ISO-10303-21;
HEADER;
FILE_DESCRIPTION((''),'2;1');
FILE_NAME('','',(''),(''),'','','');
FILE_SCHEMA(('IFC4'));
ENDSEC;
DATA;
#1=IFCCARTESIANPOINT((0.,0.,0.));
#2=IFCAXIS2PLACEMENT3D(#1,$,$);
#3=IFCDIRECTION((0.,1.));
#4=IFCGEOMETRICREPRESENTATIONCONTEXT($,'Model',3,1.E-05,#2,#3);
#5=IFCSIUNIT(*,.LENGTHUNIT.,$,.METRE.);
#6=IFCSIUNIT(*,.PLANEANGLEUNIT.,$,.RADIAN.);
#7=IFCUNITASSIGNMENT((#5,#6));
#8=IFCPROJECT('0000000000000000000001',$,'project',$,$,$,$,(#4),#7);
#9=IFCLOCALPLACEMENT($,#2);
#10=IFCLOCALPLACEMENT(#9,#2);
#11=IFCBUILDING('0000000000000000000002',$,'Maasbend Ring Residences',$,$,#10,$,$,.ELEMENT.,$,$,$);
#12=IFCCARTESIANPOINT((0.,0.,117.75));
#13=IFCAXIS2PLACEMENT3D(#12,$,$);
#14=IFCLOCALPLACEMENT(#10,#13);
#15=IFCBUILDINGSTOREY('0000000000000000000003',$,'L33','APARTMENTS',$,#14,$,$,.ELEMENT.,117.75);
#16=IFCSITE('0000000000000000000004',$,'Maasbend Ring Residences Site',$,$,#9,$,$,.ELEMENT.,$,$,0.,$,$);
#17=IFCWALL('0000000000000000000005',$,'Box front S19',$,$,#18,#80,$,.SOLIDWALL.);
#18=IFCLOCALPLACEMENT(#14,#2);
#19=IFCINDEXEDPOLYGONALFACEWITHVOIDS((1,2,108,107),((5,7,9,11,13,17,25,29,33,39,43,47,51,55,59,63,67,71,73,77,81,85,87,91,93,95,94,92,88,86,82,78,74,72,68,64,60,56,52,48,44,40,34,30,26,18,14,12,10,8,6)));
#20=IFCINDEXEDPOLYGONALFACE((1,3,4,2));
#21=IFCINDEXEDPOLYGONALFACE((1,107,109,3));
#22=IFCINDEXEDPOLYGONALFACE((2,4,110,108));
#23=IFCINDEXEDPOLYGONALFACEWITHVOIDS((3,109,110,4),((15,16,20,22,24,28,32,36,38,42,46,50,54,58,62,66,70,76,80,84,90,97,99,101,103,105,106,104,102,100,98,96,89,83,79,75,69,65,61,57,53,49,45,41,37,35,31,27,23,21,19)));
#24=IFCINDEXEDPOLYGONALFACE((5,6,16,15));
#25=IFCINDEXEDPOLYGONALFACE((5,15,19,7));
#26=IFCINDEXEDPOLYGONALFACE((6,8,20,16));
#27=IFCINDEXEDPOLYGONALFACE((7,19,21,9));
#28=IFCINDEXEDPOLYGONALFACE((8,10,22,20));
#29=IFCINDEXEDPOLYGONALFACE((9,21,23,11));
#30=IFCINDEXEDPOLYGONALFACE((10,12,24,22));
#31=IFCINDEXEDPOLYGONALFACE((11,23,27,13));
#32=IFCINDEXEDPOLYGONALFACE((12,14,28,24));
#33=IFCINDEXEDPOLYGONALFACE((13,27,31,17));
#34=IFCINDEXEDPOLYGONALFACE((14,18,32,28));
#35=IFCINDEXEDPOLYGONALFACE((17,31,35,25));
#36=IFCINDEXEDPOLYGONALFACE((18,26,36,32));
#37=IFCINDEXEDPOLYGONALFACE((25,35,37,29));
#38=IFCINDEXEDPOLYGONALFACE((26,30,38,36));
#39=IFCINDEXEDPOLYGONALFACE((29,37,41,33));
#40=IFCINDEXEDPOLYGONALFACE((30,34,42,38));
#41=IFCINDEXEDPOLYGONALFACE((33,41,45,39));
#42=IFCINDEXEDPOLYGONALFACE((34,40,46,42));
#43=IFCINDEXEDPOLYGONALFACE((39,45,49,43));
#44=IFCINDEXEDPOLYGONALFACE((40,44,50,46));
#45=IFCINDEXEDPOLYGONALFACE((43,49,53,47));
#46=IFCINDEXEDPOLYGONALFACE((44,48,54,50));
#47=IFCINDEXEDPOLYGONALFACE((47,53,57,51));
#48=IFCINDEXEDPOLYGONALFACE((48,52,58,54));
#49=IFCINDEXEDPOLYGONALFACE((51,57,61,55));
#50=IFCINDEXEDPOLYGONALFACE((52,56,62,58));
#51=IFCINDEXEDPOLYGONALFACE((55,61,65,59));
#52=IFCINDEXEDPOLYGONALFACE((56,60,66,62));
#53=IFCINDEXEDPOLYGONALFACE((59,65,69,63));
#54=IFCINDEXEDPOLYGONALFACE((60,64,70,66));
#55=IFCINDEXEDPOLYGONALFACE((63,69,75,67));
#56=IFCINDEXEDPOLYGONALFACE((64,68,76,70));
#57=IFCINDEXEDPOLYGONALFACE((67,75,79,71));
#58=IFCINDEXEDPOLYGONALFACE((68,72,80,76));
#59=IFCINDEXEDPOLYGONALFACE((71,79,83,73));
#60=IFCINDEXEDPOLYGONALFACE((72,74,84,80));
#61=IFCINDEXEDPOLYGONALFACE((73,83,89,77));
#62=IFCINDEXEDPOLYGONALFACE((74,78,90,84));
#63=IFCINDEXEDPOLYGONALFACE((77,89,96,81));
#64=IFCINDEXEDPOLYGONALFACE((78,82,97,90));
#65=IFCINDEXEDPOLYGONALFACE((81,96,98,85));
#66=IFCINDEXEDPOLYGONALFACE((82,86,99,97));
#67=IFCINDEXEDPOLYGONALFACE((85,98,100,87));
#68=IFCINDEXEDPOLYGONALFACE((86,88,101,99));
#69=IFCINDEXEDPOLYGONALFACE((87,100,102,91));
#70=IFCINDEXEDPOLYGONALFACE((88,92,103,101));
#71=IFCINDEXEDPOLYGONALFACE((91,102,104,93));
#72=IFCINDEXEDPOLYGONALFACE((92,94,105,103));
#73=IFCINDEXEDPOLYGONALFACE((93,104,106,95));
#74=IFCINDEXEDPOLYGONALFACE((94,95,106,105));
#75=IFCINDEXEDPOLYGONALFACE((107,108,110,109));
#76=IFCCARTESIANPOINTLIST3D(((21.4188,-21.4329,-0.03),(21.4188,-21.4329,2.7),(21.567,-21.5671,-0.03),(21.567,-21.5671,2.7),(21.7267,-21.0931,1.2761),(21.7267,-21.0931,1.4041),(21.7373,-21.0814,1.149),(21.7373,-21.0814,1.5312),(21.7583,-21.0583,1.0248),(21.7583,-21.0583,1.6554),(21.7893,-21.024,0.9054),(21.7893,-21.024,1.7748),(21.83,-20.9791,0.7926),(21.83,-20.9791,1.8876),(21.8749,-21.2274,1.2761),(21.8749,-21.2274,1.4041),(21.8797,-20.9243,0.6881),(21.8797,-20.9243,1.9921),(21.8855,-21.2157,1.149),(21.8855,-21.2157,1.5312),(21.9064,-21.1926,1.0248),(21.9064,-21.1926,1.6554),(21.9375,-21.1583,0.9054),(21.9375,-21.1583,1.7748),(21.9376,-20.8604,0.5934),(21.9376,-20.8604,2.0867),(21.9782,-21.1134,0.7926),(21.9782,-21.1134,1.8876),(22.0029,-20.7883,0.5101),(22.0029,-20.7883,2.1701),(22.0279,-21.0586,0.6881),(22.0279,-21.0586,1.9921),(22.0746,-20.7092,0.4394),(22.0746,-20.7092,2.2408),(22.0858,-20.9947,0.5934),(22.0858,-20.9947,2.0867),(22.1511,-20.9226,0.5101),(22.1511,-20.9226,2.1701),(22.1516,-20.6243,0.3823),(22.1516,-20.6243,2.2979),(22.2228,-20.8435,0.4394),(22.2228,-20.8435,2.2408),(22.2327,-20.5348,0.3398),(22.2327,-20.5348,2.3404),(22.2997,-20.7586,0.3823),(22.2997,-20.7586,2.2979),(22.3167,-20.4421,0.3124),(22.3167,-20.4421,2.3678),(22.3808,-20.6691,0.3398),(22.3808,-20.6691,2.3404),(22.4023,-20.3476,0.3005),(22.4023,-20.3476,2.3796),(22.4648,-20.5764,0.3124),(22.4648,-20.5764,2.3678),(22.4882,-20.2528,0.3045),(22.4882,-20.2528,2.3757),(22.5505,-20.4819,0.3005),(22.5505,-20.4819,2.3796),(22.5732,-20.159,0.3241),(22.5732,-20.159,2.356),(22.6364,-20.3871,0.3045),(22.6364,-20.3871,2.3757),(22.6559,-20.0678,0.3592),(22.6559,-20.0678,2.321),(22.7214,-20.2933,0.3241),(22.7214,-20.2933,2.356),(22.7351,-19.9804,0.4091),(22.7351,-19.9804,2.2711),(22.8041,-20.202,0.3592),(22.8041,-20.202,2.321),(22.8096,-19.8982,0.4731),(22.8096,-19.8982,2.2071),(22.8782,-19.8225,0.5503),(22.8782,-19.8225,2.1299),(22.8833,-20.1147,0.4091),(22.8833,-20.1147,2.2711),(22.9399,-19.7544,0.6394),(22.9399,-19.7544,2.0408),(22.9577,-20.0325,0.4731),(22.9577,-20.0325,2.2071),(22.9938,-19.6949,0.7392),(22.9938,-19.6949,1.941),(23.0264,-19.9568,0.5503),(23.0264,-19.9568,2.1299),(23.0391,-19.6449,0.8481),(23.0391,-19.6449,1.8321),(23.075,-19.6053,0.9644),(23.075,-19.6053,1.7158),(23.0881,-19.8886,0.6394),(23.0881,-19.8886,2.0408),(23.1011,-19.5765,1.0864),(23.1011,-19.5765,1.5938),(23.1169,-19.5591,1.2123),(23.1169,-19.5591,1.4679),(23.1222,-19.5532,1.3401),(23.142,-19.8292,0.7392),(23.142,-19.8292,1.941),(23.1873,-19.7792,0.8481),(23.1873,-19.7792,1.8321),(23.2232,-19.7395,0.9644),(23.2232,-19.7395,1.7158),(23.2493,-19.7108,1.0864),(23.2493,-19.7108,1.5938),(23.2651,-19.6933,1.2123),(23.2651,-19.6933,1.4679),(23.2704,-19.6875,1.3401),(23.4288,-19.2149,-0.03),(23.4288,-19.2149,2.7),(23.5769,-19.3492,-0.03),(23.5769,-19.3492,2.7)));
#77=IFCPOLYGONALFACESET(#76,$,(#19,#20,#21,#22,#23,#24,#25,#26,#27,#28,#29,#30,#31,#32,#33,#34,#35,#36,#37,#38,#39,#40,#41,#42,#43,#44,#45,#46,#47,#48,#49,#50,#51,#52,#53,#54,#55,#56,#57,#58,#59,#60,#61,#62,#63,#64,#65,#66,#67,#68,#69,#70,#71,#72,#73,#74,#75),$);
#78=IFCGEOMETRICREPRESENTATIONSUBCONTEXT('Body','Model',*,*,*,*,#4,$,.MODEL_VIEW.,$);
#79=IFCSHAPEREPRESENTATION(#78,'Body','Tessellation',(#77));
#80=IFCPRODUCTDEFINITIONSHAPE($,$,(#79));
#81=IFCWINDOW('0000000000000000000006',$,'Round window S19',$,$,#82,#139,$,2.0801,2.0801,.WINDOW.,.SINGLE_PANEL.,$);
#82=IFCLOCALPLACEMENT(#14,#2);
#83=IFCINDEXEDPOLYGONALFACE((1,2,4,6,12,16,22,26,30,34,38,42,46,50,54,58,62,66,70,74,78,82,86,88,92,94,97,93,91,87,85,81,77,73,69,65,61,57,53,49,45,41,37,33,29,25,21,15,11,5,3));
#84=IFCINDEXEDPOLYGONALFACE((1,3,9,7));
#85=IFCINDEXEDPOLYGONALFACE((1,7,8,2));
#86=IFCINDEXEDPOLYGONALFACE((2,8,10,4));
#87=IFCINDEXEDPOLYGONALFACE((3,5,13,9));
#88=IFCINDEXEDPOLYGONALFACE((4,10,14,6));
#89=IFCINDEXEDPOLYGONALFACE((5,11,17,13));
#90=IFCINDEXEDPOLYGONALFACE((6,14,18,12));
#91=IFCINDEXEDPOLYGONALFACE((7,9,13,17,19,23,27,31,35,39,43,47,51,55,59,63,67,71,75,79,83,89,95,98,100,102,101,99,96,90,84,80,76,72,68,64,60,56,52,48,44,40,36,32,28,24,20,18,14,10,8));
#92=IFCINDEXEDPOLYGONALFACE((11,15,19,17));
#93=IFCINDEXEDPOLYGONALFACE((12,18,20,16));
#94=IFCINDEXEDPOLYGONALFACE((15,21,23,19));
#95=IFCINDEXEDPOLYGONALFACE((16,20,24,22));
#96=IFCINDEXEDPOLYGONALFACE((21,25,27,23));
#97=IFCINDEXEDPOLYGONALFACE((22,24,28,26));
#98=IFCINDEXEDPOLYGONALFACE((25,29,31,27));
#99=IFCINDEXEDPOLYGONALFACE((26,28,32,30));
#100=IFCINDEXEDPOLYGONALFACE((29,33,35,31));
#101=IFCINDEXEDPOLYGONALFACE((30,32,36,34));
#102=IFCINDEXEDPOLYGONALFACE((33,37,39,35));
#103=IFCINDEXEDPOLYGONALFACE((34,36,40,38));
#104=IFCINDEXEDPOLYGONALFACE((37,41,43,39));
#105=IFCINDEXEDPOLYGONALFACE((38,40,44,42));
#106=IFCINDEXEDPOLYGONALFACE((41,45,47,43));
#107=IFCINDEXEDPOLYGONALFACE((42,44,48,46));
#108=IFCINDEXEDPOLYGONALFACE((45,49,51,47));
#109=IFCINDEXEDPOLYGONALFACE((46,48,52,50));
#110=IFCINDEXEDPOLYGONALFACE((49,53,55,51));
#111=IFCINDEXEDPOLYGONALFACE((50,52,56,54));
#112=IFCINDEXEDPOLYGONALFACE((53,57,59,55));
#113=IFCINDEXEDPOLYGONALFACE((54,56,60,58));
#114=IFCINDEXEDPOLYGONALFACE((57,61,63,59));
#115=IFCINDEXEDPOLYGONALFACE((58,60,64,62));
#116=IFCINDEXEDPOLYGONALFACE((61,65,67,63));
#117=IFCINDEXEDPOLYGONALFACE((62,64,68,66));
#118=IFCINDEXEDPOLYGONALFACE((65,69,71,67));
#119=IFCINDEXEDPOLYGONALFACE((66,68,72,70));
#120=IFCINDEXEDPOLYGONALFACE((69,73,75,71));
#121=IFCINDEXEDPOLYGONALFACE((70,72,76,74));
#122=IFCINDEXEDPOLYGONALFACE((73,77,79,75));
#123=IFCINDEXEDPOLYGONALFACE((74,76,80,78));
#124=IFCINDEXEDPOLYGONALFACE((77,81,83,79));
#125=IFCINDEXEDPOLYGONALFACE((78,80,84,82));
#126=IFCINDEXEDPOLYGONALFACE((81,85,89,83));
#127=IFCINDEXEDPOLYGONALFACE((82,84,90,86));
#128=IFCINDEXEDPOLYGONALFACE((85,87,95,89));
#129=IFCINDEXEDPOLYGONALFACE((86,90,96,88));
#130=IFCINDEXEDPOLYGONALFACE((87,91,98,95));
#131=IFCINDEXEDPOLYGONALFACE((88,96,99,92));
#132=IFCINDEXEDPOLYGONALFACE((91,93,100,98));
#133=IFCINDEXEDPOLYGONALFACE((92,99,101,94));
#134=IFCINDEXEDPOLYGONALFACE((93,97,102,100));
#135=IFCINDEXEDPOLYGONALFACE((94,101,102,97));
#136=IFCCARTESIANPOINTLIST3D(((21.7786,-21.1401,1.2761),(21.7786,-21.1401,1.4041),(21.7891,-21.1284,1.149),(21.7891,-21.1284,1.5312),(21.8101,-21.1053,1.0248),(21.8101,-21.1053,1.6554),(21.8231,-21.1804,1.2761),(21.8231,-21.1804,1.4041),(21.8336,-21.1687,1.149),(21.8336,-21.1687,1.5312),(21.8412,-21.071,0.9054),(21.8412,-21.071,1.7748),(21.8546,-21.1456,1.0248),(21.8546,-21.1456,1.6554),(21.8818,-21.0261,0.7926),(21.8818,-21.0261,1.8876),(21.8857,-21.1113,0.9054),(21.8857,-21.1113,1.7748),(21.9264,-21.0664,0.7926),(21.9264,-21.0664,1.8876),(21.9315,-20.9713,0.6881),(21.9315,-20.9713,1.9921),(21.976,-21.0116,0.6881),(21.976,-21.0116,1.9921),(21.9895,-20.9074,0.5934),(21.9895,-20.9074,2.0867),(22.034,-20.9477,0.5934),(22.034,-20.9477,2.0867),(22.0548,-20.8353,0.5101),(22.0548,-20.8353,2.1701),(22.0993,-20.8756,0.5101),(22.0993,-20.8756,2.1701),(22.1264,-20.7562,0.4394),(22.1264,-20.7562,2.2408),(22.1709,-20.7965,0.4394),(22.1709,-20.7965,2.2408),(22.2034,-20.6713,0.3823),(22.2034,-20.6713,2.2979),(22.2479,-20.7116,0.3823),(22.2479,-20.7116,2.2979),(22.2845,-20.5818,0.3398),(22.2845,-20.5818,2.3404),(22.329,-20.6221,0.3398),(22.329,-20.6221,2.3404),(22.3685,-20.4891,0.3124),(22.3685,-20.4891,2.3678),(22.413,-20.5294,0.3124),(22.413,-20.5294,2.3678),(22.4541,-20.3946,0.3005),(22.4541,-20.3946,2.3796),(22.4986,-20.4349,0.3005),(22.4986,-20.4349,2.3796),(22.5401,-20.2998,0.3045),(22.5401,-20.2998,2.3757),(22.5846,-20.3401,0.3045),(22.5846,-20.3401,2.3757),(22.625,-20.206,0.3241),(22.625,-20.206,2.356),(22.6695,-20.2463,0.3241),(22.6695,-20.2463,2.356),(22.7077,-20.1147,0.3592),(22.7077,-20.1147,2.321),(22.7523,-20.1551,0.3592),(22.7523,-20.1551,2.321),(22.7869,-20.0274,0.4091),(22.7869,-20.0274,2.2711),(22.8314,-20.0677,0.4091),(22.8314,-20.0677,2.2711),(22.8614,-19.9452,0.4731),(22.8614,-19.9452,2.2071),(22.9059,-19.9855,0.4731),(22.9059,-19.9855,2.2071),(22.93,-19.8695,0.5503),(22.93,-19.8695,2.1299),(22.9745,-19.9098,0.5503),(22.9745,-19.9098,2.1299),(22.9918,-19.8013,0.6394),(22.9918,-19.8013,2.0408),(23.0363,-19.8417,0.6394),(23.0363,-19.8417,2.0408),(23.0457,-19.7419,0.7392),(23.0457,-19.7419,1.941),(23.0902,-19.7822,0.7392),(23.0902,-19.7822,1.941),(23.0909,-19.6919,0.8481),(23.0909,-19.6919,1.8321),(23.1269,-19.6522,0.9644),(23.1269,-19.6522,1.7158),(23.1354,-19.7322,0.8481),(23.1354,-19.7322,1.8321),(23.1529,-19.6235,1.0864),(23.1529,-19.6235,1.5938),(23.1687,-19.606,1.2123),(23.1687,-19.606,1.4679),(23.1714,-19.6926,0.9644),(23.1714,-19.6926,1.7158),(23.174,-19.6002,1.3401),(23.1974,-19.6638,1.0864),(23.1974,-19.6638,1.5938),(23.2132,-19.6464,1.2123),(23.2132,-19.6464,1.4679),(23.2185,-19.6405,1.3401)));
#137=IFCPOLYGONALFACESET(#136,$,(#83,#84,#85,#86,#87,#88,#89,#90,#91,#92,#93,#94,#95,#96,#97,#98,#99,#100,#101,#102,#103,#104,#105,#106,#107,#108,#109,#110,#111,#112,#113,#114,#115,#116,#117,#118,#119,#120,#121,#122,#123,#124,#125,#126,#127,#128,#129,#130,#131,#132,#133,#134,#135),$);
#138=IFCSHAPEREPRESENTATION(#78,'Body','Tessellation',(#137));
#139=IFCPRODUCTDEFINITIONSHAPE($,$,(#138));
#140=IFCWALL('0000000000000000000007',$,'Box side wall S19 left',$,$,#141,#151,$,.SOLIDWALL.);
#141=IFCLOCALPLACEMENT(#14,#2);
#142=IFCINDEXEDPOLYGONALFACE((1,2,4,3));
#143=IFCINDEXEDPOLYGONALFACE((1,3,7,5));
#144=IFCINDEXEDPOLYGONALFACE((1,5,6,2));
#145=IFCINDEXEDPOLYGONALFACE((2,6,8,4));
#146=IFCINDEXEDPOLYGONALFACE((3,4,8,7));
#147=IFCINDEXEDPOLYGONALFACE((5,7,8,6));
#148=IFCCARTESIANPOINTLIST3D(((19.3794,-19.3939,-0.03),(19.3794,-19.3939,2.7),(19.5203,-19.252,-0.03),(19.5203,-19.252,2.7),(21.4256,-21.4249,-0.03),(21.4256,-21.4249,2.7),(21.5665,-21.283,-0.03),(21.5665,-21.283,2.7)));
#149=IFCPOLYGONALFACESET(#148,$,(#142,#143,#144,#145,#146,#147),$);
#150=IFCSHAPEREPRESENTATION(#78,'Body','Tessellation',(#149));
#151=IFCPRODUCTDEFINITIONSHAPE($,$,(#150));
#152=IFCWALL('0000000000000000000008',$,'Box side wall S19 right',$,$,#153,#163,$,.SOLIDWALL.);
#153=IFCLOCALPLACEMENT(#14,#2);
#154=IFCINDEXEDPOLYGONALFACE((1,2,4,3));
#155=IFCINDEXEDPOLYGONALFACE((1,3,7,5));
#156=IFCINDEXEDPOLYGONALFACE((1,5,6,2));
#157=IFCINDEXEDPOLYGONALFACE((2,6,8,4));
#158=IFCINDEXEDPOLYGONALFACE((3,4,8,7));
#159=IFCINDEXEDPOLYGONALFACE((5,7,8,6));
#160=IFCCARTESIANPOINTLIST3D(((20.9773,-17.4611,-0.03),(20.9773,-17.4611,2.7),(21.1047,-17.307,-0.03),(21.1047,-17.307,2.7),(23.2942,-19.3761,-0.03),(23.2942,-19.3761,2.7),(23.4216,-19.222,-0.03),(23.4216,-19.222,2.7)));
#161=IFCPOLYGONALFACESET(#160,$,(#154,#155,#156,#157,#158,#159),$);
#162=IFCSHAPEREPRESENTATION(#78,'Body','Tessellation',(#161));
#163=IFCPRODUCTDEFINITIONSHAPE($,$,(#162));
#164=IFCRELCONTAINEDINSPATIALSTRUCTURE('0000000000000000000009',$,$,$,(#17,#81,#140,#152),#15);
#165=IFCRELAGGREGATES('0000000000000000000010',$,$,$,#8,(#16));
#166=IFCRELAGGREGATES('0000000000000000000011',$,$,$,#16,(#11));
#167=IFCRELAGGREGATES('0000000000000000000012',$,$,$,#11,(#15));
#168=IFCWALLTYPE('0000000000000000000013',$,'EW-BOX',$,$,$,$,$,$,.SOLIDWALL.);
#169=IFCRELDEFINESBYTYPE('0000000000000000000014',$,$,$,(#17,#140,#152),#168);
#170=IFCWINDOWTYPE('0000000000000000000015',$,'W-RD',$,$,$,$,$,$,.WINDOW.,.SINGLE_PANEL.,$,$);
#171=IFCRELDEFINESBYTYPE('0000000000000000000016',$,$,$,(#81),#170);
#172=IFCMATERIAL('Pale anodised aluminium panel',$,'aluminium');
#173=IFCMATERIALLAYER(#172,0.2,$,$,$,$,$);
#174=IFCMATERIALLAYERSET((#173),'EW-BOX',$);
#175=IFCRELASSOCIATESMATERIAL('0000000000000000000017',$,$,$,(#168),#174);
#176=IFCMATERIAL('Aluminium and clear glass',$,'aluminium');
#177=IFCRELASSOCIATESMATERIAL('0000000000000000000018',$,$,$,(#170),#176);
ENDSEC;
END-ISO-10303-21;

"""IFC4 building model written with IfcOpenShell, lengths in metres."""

from ifc_helpers import new_model, si_unit, direction, frame, frame_2d, origin, place, context, subcontext, project, spatial, rectangle, circle, extrude, material, layer, layer_set, type_object, element, fill, save


model = new_model("IFC4")

# Units and contexts
model_context = context("Model", 3, precision=1e-05, world=origin(), true_north=direction((0.0, 1.0)))
body_context = subcontext(model_context, "Body", "Model", "MODEL_VIEW")
ifc_project = project(units=[si_unit("LENGTHUNIT", "METRE"), si_unit("PLANEANGLEUNIT", "RADIAN")], contexts=[model_context])

# Site, building, storey
site_placement = place(None, origin())
site = spatial("IfcSite", under=ifc_project, at=site_placement, Name="Maasbend Ring Residences Site", CompositionType="ELEMENT", RefElevation=0.0)
building_placement = place(site_placement, origin())
building = spatial("IfcBuilding", under=site, at=building_placement, Name="Maasbend Ring Residences", CompositionType="ELEMENT")
storey_placement = place(building_placement, frame((0.0, 0.0, 117.75)))
storey = spatial("IfcBuildingStorey", under=building, at=storey_placement, Name="L33", Description="APARTMENTS", CompositionType="ELEMENT", Elevation=117.75)

# Shared definitions
ifc_material_1 = material(Name="Pale anodised aluminium panel", Category="aluminium")
ifc_layer_1 = layer(ifc_material_1, 0.2)
ifc_layer_set_1 = layer_set([ifc_layer_1], Name="EW-BOX")
wall_type_1 = type_object("IfcWallType", Name="EW-BOX", PredefinedType="SOLIDWALL", material=ifc_layer_set_1)
ifc_material_2 = material(Name="Aluminium and clear glass", Category="aluminium")
window_type_1 = type_object("IfcWindowType", Name="W-RD", PartitioningType="SINGLE_PANEL", PredefinedType="WINDOW", material=ifc_material_2)

# Wall, opening, window
wall_1_placement = place(storey_placement, frame((21.4929, -21.5, -0.03), z_axis=(0.0, 0.0, 1.0), x_axis=(0.671507, 0.740998, 0.0)))
wall_1 = element("IfcWall", 1, at=wall_1_placement, inside=storey, type_object=wall_type_1, Name="Box front S19", PredefinedType="SOLIDWALL", context=body_context, shape_type="SweptSolid", body=[
    extrude(rectangle(XDim=2.9932, YDim=0.2, at=frame_2d((1.4966, 0.0))), origin(), (0.0, 0.0, 1.0), 2.73),
])
opening_1_placement = place(wall_1_placement, frame((0.4565, 0.0, 0.3301)))
opening_1 = element("IfcOpeningElement", 2, at=opening_1_placement, cuts=wall_1, PredefinedType="OPENING", context=body_context, shape_type="SweptSolid", body=[
    extrude(circle(Radius=1.04, at=frame_2d((1.04, 1.04))), frame((0.0, 0.1099, 0.0), z_axis=(0.0, -1.0, 0.0), x_axis=(1.0, 0.0, 0.0)), (0.0, 0.0, 1.0), 0.22),
])
window_1_placement = place(opening_1_placement, origin())
window_1 = element("IfcWindow", 3, at=window_1_placement, inside=storey, type_object=window_type_1, Name="Round window S19", OverallHeight=2.0801, OverallWidth=2.0801, PartitioningType="SINGLE_PANEL", PredefinedType="WINDOW", context=body_context, shape_type="SweptSolid", body=[
    extrude(circle(Radius=1.04, at=frame_2d((1.04, 1.04))), frame((0.0, 0.03, 0.0), z_axis=(0.0, -1.0, 0.0), x_axis=(1.0, 0.0, 0.0)), (0.0, 0.0, 1.0), 0.0601),
])
fill(opening_1, window_1)

# Walls
wall_2_placement = place(storey_placement, frame((19.45, -19.323, -0.03), z_axis=(0.0, 0.0, 1.0), x_axis=(0.709727, -0.704477, 0.0)))
element("IfcWall", 4, at=wall_2_placement, inside=storey, type_object=wall_type_1, Name="Box side wall S19 left", PredefinedType="SOLIDWALL", context=body_context, shape_type="SweptSolid", body=[
    extrude(rectangle(XDim=2.8831, YDim=0.2, at=frame_2d((1.4414, 0.0))), origin(), (0.0, 0.0, 1.0), 2.73),
])
wall_3_placement = place(storey_placement, frame((21.041, -17.384, -0.03), z_axis=(0.0, 0.0, 1.0), x_axis=(0.770785, -0.637096, 0.0)))
element("IfcWall", 5, at=wall_3_placement, inside=storey, type_object=wall_type_1, Name="Box side wall S19 right", PredefinedType="SOLIDWALL", context=body_context, shape_type="SweptSolid", body=[
    extrude(rectangle(XDim=3.0059, YDim=0.2, at=frame_2d((1.5029, 0.0))), origin(), (0.0, 0.0, 1.0), 2.73),
])

save(model, "model.ifc")
